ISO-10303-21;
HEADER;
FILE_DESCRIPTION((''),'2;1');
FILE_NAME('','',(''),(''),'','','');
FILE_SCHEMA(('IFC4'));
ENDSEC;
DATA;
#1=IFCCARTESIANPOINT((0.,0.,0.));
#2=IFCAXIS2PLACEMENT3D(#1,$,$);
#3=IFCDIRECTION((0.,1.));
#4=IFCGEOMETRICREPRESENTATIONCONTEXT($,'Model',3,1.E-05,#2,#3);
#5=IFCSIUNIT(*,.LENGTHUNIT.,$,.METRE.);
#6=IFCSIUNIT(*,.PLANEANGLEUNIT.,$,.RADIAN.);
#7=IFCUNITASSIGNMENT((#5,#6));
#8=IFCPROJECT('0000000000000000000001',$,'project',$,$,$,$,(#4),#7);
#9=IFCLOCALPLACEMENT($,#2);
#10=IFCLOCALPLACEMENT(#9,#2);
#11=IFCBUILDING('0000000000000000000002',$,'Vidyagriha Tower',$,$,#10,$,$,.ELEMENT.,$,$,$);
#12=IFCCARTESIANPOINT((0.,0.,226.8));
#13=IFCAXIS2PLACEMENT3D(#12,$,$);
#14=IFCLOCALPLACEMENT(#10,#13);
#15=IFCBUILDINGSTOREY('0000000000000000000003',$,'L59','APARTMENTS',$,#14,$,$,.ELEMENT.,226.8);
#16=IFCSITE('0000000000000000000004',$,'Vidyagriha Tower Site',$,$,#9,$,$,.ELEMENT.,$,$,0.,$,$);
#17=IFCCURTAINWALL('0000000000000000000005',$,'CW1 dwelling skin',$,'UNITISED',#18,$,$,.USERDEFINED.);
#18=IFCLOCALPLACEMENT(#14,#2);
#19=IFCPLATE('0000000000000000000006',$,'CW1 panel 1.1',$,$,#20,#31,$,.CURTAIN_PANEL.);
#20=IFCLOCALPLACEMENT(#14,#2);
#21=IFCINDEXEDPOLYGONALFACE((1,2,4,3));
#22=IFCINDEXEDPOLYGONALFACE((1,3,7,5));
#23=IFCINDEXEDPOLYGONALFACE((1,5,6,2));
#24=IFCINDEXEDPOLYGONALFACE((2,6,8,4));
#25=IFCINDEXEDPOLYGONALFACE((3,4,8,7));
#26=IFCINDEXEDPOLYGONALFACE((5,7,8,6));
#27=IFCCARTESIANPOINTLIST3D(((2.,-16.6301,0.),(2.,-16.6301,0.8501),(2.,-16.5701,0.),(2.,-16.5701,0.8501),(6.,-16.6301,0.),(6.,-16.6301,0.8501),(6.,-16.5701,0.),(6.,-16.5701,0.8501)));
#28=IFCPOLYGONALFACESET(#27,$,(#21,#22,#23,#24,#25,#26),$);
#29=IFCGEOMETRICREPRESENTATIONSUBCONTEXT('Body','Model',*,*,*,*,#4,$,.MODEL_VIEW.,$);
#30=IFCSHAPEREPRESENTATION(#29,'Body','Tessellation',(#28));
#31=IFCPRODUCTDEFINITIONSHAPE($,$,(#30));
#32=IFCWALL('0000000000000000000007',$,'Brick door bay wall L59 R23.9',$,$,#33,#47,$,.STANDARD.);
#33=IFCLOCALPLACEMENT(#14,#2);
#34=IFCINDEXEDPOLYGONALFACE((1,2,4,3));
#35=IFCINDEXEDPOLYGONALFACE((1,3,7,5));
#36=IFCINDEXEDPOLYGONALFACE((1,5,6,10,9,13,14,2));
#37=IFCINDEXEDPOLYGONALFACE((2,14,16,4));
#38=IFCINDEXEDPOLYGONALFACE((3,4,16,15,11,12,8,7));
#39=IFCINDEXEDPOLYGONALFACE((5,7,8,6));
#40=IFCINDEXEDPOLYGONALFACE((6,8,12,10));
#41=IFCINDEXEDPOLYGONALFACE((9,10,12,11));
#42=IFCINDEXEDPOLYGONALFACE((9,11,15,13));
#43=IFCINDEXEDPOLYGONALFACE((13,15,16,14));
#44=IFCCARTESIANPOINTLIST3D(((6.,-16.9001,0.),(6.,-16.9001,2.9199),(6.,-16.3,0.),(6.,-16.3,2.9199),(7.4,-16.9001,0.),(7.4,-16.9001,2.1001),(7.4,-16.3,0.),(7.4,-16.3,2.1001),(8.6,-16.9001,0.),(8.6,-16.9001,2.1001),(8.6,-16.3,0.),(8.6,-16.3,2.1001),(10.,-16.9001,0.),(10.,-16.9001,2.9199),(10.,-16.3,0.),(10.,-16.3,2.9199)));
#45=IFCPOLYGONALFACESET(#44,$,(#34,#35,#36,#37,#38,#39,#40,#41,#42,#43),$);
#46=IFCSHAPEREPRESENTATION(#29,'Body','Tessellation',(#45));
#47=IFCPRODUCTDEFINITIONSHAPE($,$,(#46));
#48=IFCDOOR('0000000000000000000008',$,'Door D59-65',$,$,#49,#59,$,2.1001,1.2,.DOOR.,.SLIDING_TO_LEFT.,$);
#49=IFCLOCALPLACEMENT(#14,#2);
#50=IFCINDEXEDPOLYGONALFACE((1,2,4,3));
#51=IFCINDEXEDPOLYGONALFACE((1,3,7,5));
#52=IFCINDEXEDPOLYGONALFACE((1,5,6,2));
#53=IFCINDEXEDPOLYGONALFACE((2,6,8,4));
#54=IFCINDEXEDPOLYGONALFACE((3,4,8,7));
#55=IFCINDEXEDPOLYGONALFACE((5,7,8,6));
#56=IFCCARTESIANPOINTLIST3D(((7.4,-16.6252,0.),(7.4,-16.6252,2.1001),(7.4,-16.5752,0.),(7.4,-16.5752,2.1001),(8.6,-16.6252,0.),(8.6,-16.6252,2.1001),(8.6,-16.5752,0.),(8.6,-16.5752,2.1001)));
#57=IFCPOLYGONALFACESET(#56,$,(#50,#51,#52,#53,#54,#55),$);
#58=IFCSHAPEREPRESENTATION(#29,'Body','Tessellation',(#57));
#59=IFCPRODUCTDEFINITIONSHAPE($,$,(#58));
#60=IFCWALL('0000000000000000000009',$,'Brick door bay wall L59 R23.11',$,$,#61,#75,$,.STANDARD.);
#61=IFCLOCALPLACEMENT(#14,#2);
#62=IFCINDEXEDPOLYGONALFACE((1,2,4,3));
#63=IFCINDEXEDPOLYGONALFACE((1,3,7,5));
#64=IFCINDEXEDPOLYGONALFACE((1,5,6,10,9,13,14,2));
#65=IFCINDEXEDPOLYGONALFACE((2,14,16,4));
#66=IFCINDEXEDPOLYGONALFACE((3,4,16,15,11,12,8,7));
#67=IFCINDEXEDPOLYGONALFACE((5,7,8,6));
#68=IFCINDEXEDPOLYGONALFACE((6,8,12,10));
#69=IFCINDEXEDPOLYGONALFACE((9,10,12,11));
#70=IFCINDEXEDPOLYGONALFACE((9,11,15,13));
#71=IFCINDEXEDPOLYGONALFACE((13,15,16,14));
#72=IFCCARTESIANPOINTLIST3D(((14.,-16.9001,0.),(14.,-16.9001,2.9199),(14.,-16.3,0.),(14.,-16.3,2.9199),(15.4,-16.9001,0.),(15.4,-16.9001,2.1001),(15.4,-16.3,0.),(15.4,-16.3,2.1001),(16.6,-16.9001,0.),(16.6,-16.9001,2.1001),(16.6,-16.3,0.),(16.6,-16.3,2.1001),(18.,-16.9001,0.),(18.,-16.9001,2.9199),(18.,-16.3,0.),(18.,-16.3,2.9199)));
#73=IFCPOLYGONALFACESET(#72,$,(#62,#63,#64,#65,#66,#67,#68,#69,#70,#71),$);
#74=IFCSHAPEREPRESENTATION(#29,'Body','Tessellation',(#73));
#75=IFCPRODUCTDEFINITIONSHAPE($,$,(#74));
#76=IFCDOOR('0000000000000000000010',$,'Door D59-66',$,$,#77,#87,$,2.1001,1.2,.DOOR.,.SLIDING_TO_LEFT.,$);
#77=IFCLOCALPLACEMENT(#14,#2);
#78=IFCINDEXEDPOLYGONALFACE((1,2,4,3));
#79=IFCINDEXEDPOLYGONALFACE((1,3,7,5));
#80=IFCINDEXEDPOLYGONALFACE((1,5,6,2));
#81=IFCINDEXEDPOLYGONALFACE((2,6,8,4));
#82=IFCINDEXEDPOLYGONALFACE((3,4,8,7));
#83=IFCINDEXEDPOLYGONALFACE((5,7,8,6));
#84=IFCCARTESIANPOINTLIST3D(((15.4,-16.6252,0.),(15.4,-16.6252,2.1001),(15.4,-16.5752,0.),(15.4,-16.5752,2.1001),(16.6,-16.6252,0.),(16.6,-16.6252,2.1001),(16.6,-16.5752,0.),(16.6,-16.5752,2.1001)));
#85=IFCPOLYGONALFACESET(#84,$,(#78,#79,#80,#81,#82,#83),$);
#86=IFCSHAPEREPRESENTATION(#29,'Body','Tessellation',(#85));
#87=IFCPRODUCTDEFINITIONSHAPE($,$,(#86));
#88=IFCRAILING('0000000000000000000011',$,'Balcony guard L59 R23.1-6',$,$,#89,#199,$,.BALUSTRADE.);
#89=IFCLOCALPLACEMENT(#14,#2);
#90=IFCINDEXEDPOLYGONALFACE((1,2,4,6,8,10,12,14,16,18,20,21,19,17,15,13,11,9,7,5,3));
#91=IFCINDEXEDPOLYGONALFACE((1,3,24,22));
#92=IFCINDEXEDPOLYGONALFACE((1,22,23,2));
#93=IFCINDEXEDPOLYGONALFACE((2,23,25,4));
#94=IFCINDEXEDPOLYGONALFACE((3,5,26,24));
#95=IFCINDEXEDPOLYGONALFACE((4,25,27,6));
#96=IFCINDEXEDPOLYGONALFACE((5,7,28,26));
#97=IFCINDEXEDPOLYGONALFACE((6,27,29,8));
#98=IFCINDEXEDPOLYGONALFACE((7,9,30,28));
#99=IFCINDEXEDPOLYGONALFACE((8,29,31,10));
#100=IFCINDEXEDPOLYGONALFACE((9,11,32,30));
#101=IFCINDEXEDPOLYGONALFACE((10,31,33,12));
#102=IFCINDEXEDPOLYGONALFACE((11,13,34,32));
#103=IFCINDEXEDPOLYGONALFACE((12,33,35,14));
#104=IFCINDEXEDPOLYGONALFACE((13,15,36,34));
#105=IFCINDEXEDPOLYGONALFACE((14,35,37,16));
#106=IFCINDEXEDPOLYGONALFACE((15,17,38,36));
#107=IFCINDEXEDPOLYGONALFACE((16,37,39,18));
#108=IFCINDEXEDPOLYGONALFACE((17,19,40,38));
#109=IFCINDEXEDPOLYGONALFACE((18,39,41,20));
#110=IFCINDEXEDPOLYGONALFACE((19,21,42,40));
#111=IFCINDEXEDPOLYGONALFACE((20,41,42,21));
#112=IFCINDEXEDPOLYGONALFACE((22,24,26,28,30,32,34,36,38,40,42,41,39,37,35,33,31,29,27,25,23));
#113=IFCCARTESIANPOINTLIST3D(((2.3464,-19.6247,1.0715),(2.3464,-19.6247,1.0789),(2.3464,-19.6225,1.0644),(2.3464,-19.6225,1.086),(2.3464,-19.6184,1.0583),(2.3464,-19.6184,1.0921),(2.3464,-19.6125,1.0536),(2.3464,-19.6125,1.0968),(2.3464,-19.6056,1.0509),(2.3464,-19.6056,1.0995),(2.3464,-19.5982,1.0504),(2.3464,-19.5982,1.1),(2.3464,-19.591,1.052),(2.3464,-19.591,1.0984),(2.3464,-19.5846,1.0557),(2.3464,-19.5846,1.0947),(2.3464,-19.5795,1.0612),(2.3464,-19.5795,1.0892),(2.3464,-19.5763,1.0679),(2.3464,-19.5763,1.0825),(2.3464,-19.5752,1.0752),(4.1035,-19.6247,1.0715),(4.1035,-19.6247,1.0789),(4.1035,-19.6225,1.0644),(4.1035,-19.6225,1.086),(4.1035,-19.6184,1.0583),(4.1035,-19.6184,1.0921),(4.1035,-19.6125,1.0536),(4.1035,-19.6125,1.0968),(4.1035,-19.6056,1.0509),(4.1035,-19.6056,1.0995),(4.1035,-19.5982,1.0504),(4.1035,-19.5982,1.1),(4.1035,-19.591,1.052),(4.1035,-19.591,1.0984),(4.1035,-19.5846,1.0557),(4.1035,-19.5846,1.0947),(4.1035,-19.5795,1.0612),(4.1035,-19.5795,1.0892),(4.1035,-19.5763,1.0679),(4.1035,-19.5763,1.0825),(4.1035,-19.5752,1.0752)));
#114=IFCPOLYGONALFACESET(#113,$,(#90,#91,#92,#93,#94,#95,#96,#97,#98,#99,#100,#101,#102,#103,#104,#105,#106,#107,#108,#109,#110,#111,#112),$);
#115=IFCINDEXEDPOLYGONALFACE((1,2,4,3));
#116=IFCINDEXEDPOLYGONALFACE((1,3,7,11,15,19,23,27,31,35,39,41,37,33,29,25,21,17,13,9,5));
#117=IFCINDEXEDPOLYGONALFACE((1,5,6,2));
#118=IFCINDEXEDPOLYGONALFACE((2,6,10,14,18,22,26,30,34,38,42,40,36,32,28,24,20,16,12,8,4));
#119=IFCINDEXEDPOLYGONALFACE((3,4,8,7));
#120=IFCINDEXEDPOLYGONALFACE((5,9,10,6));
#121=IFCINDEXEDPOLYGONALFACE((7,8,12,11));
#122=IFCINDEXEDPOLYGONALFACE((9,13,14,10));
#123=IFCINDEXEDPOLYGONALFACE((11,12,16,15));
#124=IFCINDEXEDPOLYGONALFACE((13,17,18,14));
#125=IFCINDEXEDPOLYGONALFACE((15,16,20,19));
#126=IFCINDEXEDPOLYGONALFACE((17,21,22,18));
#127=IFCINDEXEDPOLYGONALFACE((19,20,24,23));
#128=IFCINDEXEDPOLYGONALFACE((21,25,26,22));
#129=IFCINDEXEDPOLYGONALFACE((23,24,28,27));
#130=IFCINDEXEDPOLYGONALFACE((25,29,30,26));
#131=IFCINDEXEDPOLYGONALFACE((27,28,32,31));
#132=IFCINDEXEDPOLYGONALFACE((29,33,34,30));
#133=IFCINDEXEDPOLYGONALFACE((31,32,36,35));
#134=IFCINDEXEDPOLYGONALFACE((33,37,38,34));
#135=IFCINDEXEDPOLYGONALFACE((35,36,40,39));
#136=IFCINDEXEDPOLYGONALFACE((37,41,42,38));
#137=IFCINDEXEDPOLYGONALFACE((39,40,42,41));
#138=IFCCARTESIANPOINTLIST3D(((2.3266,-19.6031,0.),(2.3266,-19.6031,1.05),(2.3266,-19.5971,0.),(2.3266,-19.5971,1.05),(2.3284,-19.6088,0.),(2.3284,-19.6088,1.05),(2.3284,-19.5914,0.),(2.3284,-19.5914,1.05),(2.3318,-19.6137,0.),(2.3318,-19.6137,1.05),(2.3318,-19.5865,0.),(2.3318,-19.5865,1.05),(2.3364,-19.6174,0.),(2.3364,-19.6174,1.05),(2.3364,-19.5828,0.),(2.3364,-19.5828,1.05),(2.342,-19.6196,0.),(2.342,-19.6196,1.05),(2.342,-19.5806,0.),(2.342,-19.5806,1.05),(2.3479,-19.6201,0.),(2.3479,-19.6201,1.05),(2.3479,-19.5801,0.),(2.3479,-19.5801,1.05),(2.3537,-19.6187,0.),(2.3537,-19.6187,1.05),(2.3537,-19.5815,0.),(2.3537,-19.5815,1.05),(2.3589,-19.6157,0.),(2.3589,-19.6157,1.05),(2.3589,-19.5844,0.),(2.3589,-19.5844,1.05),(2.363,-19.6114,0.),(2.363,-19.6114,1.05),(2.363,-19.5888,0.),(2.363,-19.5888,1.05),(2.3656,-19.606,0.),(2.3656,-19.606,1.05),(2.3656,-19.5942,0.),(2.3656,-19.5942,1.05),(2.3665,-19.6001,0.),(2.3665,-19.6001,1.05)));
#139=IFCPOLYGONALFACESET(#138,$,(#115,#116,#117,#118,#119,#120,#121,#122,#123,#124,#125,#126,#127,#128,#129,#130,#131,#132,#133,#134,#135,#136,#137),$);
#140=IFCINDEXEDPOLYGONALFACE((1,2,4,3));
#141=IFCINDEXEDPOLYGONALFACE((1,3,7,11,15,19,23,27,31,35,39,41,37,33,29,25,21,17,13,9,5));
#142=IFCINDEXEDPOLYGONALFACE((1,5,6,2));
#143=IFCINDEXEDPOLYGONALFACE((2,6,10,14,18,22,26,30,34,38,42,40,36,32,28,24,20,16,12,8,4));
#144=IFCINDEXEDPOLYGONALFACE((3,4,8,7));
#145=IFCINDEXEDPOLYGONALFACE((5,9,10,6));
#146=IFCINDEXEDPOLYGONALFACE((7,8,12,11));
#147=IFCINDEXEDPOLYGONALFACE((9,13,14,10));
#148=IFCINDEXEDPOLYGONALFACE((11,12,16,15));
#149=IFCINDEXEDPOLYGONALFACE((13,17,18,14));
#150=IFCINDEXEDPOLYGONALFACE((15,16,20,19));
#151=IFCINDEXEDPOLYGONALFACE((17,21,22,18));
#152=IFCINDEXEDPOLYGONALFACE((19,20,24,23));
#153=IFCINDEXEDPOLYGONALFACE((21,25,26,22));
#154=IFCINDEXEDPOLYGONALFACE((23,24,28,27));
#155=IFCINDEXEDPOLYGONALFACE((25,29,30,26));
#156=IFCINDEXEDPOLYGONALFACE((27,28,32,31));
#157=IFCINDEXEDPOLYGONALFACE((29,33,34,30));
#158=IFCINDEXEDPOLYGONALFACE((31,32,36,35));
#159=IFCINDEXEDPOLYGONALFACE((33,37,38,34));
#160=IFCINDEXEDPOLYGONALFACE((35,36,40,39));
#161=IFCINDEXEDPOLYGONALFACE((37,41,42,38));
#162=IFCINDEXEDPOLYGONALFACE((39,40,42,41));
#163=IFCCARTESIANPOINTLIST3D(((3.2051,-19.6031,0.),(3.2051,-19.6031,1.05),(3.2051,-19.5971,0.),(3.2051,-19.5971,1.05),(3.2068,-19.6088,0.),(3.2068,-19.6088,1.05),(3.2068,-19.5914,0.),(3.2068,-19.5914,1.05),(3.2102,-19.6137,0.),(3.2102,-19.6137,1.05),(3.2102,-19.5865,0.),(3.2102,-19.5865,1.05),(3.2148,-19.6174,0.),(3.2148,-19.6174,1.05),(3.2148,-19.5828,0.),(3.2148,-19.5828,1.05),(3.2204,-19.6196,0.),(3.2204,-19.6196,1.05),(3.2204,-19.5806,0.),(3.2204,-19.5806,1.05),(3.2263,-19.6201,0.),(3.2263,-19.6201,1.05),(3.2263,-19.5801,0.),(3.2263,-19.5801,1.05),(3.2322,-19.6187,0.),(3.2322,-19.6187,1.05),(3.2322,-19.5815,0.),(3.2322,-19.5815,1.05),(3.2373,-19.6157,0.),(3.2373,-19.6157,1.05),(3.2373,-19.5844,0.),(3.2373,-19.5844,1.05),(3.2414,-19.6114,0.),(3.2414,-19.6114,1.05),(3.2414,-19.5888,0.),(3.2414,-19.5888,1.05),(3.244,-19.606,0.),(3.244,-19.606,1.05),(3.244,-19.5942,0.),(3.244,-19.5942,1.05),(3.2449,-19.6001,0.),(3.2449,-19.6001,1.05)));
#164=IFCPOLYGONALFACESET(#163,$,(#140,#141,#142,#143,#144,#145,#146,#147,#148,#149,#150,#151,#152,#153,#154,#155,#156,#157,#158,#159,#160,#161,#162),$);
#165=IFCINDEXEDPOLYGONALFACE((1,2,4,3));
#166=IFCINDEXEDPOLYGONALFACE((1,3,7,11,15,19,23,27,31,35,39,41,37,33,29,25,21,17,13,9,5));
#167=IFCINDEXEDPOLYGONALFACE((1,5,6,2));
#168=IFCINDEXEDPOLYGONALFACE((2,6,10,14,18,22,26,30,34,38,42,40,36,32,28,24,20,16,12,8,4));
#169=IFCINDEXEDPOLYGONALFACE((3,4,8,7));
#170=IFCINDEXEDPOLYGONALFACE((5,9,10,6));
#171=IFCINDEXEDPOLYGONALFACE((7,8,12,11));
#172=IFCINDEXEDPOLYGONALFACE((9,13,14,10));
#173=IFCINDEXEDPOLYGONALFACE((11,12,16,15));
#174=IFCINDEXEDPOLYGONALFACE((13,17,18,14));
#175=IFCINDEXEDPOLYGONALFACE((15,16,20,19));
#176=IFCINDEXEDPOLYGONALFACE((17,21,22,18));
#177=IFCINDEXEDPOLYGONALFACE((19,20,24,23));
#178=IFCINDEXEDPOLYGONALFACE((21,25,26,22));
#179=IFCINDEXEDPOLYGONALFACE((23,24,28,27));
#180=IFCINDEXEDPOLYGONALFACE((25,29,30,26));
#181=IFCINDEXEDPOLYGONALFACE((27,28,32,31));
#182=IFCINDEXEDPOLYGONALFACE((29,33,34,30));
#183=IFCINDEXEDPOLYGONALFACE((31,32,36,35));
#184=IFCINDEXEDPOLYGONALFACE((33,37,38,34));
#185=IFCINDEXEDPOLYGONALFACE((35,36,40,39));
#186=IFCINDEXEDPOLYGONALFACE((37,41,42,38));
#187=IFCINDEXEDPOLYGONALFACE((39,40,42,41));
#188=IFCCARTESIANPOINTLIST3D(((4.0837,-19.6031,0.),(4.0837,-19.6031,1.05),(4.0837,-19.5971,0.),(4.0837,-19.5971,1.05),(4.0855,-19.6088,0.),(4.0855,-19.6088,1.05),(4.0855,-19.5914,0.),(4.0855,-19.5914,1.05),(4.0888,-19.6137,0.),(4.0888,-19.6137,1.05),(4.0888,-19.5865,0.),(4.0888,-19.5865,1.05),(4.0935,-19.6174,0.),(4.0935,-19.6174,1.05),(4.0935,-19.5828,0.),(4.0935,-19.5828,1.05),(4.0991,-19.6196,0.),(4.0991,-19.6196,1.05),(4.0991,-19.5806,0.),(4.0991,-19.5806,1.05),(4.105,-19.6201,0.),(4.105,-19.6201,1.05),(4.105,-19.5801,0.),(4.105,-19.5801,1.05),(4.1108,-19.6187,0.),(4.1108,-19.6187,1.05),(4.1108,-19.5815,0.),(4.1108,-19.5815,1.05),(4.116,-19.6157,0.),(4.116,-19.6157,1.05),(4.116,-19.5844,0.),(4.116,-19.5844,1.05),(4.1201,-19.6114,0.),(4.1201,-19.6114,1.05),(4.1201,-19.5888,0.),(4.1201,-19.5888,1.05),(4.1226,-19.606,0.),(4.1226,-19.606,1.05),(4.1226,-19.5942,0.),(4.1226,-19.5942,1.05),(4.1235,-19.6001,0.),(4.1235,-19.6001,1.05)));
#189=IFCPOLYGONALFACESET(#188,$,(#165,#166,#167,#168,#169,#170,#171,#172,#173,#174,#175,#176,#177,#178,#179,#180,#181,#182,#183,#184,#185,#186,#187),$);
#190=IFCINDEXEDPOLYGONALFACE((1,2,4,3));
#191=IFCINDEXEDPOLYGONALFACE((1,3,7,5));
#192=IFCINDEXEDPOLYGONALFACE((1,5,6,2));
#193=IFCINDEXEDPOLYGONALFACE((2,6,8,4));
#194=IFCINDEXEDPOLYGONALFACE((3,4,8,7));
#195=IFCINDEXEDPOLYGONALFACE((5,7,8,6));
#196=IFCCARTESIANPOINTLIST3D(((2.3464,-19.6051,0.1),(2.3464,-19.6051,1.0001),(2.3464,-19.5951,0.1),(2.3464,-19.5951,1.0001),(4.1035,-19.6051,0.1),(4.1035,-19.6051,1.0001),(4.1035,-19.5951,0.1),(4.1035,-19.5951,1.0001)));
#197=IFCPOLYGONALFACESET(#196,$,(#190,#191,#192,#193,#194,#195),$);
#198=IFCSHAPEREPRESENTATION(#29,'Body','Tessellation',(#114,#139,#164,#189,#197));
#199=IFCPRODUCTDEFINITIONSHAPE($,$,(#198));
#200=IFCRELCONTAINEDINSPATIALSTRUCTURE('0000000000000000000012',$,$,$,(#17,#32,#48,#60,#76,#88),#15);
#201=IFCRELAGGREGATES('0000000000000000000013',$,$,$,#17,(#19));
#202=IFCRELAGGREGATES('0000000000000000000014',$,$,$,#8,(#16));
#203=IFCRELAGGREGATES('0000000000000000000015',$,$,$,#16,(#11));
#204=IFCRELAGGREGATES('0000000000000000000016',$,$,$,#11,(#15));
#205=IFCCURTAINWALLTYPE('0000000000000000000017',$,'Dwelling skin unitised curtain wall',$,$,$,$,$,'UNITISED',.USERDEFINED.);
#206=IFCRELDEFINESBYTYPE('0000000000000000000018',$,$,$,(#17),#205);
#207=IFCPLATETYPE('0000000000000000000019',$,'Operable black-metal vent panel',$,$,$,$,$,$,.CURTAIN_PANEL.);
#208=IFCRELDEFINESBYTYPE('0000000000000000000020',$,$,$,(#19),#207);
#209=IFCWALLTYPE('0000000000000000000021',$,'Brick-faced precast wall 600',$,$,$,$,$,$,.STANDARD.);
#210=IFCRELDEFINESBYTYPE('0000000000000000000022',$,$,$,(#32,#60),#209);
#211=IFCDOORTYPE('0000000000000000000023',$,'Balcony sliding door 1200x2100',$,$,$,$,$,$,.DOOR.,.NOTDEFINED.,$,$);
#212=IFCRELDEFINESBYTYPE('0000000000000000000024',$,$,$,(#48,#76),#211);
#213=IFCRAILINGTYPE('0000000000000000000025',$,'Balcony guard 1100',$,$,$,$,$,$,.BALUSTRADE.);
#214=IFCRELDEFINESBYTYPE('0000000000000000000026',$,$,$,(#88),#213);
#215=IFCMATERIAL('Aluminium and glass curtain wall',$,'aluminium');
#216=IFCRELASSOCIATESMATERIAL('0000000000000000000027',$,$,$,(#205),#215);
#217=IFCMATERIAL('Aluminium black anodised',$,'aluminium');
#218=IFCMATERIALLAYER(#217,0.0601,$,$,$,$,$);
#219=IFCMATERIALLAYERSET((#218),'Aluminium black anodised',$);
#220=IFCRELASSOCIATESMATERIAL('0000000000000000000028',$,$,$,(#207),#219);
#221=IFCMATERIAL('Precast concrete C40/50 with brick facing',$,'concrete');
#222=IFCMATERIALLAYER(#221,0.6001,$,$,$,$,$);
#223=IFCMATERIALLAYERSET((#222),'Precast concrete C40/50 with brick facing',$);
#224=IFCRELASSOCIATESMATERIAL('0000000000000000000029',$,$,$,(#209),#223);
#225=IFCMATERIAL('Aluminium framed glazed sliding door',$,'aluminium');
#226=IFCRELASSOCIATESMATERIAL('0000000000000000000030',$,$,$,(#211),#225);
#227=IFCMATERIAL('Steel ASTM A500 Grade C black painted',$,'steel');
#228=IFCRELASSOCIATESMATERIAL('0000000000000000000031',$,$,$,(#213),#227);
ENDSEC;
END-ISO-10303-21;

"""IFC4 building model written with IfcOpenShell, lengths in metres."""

from ifc_helpers import new_model, si_unit, direction, frame, frame_2d, origin, origin_2d, place, context, subcontext, project, spatial, rectangle, circle, extrude, material, layer, layer_set, type_object, element, fill, aggregate, save


model = new_model("IFC4")

# Units and contexts
model_context = context("Model", 3, precision=1e-05, world=origin(), true_north=direction((0.0, 1.0)))
body_context = subcontext(model_context, "Body", "Model", "MODEL_VIEW")
ifc_project = project(units=[si_unit("LENGTHUNIT", "METRE"), si_unit("PLANEANGLEUNIT", "RADIAN")], contexts=[model_context])

# Site, building, storey
site_placement = place(None, origin())
site = spatial("IfcSite", under=ifc_project, at=site_placement, Name="Vidyagriha Tower Site", CompositionType="ELEMENT", RefElevation=0.0)
building_placement = place(site_placement, origin())
building = spatial("IfcBuilding", under=site, at=building_placement, Name="Vidyagriha Tower", CompositionType="ELEMENT")
storey_placement = place(building_placement, frame((0.0, 0.0, 226.8)))
storey = spatial("IfcBuildingStorey", under=building, at=storey_placement, Name="L59", Description="APARTMENTS", CompositionType="ELEMENT", Elevation=226.8)

# Curtain wall
ifc_material_1 = material(Name="Aluminium and glass curtain wall", Category="aluminium")
curtain_wall_type = type_object("IfcCurtainWallType", Name="Dwelling skin unitised curtain wall", ElementType="UNITISED", PredefinedType="USERDEFINED", material=ifc_material_1)
curtain_wall_1_placement = place(storey_placement, origin())
curtain_wall_1 = element("IfcCurtainWall", 1, at=curtain_wall_1_placement, inside=storey, type_object=curtain_wall_type, Name="CW1 dwelling skin", ObjectType="UNITISED", PredefinedType="USERDEFINED")

# Plate
ifc_material_2 = material(Name="Aluminium black anodised", Category="aluminium")
ifc_layer_1 = layer(ifc_material_2, 0.0601)
ifc_layer_set_1 = layer_set([ifc_layer_1], Name="Aluminium black anodised")
plate_type_1 = type_object("IfcPlateType", Name="Operable black-metal vent panel", PredefinedType="CURTAIN_PANEL", material=ifc_layer_set_1)
plate_1_placement = place(storey_placement, frame((4.0, -16.6001, 0.0)))
plate_1 = element("IfcPlate", 2, at=plate_1_placement, type_object=plate_type_1, Name="CW1 panel 1.1", PredefinedType="CURTAIN_PANEL", context=body_context, shape_type="SweptSolid", body=[
    extrude(rectangle(XDim=4.0, YDim=0.0601, at=origin_2d()), origin(), (0.0, 0.0, 1.0), 0.8501),
])
aggregate(curtain_wall_1, [plate_1])

# Walls, openings, doors
ifc_material_3 = material(Name="Precast concrete C40/50 with brick facing", Category="concrete")
ifc_layer_2 = layer(ifc_material_3, 0.6001)
ifc_layer_set_2 = layer_set([ifc_layer_2], Name="Precast concrete C40/50 with brick facing")
wall_type = type_object("IfcWallType", Name="Brick-faced precast wall 600", PredefinedType="STANDARD", material=ifc_layer_set_2)
wall_1_placement = place(storey_placement, frame((6.0, -16.6001, 0.0)))
wall_1 = element("IfcWall", 3, at=wall_1_placement, inside=storey, type_object=wall_type, Name="Brick door bay wall L59 R23.9", PredefinedType="STANDARD", context=body_context, shape_type="SweptSolid", body=[
    extrude(rectangle(XDim=4.0, YDim=0.6001, at=frame_2d((2.0, 0.0))), origin(), (0.0, 0.0, 1.0), 2.9199),
])
opening_1_placement = place(wall_1_placement, frame((1.3999, 0.0, 0.0)))
opening_1 = element("IfcOpeningElement", 4, at=opening_1_placement, cuts=wall_1, PredefinedType="OPENING", context=body_context, shape_type="SweptSolid", body=[
    extrude(rectangle(XDim=1.2, YDim=2.1001, at=frame_2d((0.6001, 1.05))), frame((0.0, 0.3101, 0.0), z_axis=(0.0, -1.0, 0.0), x_axis=(1.0, 0.0, 0.0)), (0.0, 0.0, 1.0), 0.6201),
])
ifc_material_4 = material(Name="Aluminium framed glazed sliding door", Category="aluminium")
door_type = type_object("IfcDoorType", Name="Balcony sliding door 1200x2100", OperationType="NOTDEFINED", PredefinedType="DOOR", material=ifc_material_4)
door_1_placement = place(opening_1_placement, origin())
door_1 = element("IfcDoor", 5, at=door_1_placement, inside=storey, type_object=door_type, Name="Door D59-65", OperationType="SLIDING_TO_LEFT", OverallHeight=2.1001, OverallWidth=1.2, PredefinedType="DOOR", context=body_context, shape_type="SweptSolid", body=[
    extrude(rectangle(XDim=1.2, YDim=2.1001, at=frame_2d((0.6001, 1.05))), frame((0.0, 0.0249, 0.0), z_axis=(0.0, -1.0, 0.0), x_axis=(1.0, 0.0, 0.0)), (0.0, 0.0, 1.0), 0.05),
])
fill(opening_1, door_1)
wall_2_placement = place(storey_placement, frame((14.0, -16.6001, 0.0)))
wall_2 = element("IfcWall", 6, at=wall_2_placement, inside=storey, type_object=wall_type, Name="Brick door bay wall L59 R23.11", PredefinedType="STANDARD", context=body_context, shape_type="SweptSolid", body=[
    extrude(rectangle(XDim=4.0, YDim=0.6001, at=frame_2d((2.0, 0.0))), origin(), (0.0, 0.0, 1.0), 2.9199),
])
opening_2_placement = place(wall_2_placement, frame((1.3999, 0.0, 0.0)))
opening_2 = element("IfcOpeningElement", 7, at=opening_2_placement, cuts=wall_2, PredefinedType="OPENING", context=body_context, shape_type="SweptSolid", body=[
    extrude(rectangle(XDim=1.2, YDim=2.1001, at=frame_2d((0.6001, 1.05))), frame((0.0, 0.3101, 0.0), z_axis=(0.0, -1.0, 0.0), x_axis=(1.0, 0.0, 0.0)), (0.0, 0.0, 1.0), 0.6201),
])
door_2_placement = place(opening_2_placement, origin())
door_2 = element("IfcDoor", 8, at=door_2_placement, inside=storey, type_object=door_type, Name="Door D59-66", OperationType="SLIDING_TO_LEFT", OverallHeight=2.1001, OverallWidth=1.2, PredefinedType="DOOR", context=body_context, shape_type="SweptSolid", body=[
    extrude(rectangle(XDim=1.2, YDim=2.1001, at=frame_2d((0.6001, 1.05))), frame((0.0, 0.0249, 0.0), z_axis=(0.0, -1.0, 0.0), x_axis=(1.0, 0.0, 0.0)), (0.0, 0.0, 1.0), 0.05),
])
fill(opening_2, door_2)

# Railing
ifc_material_5 = material(Name="Steel ASTM A500 Grade C black painted", Category="steel")
railing_type = type_object("IfcRailingType", Name="Balcony guard 1100", PredefinedType="BALUSTRADE", material=ifc_material_5)
railing_1_placement = place(storey_placement, frame((2.3464, -19.6001, 0.0)))
element("IfcRailing", 9, at=railing_1_placement, inside=storey, type_object=railing_type, Name="Balcony guard L59 R23.1-6", PredefinedType="BALUSTRADE", context=body_context, shape_type="SweptSolid", body=[
    extrude(circle(Radius=0.0249, at=origin_2d()), frame((0.0, 0.0, 1.0752), z_axis=(1.0, 0.0, 0.0), x_axis=(0.0, 1.0, 0.0)), (0.0, 0.0, 1.0), 1.7571),
    extrude(circle(Radius=0.02, at=origin_2d()), origin(), (0.0, 0.0, 1.0), 1.05),
    extrude(circle(Radius=0.02, at=origin_2d()), frame((0.8784, 0.0, 0.0)), (0.0, 0.0, 1.0), 1.05),
    extrude(circle(Radius=0.02, at=origin_2d()), frame((1.7571, 0.0, 0.0)), (0.0, 0.0, 1.0), 1.05),
    extrude(rectangle(XDim=0.01, YDim=0.9001, at=origin_2d()), frame((0.0, 0.0, 0.55), z_axis=(1.0, 0.0, 0.0), x_axis=(0.0, 1.0, 0.0)), (0.0, 0.0, 1.0), 1.7571),
])

save(model, "model.ifc")
